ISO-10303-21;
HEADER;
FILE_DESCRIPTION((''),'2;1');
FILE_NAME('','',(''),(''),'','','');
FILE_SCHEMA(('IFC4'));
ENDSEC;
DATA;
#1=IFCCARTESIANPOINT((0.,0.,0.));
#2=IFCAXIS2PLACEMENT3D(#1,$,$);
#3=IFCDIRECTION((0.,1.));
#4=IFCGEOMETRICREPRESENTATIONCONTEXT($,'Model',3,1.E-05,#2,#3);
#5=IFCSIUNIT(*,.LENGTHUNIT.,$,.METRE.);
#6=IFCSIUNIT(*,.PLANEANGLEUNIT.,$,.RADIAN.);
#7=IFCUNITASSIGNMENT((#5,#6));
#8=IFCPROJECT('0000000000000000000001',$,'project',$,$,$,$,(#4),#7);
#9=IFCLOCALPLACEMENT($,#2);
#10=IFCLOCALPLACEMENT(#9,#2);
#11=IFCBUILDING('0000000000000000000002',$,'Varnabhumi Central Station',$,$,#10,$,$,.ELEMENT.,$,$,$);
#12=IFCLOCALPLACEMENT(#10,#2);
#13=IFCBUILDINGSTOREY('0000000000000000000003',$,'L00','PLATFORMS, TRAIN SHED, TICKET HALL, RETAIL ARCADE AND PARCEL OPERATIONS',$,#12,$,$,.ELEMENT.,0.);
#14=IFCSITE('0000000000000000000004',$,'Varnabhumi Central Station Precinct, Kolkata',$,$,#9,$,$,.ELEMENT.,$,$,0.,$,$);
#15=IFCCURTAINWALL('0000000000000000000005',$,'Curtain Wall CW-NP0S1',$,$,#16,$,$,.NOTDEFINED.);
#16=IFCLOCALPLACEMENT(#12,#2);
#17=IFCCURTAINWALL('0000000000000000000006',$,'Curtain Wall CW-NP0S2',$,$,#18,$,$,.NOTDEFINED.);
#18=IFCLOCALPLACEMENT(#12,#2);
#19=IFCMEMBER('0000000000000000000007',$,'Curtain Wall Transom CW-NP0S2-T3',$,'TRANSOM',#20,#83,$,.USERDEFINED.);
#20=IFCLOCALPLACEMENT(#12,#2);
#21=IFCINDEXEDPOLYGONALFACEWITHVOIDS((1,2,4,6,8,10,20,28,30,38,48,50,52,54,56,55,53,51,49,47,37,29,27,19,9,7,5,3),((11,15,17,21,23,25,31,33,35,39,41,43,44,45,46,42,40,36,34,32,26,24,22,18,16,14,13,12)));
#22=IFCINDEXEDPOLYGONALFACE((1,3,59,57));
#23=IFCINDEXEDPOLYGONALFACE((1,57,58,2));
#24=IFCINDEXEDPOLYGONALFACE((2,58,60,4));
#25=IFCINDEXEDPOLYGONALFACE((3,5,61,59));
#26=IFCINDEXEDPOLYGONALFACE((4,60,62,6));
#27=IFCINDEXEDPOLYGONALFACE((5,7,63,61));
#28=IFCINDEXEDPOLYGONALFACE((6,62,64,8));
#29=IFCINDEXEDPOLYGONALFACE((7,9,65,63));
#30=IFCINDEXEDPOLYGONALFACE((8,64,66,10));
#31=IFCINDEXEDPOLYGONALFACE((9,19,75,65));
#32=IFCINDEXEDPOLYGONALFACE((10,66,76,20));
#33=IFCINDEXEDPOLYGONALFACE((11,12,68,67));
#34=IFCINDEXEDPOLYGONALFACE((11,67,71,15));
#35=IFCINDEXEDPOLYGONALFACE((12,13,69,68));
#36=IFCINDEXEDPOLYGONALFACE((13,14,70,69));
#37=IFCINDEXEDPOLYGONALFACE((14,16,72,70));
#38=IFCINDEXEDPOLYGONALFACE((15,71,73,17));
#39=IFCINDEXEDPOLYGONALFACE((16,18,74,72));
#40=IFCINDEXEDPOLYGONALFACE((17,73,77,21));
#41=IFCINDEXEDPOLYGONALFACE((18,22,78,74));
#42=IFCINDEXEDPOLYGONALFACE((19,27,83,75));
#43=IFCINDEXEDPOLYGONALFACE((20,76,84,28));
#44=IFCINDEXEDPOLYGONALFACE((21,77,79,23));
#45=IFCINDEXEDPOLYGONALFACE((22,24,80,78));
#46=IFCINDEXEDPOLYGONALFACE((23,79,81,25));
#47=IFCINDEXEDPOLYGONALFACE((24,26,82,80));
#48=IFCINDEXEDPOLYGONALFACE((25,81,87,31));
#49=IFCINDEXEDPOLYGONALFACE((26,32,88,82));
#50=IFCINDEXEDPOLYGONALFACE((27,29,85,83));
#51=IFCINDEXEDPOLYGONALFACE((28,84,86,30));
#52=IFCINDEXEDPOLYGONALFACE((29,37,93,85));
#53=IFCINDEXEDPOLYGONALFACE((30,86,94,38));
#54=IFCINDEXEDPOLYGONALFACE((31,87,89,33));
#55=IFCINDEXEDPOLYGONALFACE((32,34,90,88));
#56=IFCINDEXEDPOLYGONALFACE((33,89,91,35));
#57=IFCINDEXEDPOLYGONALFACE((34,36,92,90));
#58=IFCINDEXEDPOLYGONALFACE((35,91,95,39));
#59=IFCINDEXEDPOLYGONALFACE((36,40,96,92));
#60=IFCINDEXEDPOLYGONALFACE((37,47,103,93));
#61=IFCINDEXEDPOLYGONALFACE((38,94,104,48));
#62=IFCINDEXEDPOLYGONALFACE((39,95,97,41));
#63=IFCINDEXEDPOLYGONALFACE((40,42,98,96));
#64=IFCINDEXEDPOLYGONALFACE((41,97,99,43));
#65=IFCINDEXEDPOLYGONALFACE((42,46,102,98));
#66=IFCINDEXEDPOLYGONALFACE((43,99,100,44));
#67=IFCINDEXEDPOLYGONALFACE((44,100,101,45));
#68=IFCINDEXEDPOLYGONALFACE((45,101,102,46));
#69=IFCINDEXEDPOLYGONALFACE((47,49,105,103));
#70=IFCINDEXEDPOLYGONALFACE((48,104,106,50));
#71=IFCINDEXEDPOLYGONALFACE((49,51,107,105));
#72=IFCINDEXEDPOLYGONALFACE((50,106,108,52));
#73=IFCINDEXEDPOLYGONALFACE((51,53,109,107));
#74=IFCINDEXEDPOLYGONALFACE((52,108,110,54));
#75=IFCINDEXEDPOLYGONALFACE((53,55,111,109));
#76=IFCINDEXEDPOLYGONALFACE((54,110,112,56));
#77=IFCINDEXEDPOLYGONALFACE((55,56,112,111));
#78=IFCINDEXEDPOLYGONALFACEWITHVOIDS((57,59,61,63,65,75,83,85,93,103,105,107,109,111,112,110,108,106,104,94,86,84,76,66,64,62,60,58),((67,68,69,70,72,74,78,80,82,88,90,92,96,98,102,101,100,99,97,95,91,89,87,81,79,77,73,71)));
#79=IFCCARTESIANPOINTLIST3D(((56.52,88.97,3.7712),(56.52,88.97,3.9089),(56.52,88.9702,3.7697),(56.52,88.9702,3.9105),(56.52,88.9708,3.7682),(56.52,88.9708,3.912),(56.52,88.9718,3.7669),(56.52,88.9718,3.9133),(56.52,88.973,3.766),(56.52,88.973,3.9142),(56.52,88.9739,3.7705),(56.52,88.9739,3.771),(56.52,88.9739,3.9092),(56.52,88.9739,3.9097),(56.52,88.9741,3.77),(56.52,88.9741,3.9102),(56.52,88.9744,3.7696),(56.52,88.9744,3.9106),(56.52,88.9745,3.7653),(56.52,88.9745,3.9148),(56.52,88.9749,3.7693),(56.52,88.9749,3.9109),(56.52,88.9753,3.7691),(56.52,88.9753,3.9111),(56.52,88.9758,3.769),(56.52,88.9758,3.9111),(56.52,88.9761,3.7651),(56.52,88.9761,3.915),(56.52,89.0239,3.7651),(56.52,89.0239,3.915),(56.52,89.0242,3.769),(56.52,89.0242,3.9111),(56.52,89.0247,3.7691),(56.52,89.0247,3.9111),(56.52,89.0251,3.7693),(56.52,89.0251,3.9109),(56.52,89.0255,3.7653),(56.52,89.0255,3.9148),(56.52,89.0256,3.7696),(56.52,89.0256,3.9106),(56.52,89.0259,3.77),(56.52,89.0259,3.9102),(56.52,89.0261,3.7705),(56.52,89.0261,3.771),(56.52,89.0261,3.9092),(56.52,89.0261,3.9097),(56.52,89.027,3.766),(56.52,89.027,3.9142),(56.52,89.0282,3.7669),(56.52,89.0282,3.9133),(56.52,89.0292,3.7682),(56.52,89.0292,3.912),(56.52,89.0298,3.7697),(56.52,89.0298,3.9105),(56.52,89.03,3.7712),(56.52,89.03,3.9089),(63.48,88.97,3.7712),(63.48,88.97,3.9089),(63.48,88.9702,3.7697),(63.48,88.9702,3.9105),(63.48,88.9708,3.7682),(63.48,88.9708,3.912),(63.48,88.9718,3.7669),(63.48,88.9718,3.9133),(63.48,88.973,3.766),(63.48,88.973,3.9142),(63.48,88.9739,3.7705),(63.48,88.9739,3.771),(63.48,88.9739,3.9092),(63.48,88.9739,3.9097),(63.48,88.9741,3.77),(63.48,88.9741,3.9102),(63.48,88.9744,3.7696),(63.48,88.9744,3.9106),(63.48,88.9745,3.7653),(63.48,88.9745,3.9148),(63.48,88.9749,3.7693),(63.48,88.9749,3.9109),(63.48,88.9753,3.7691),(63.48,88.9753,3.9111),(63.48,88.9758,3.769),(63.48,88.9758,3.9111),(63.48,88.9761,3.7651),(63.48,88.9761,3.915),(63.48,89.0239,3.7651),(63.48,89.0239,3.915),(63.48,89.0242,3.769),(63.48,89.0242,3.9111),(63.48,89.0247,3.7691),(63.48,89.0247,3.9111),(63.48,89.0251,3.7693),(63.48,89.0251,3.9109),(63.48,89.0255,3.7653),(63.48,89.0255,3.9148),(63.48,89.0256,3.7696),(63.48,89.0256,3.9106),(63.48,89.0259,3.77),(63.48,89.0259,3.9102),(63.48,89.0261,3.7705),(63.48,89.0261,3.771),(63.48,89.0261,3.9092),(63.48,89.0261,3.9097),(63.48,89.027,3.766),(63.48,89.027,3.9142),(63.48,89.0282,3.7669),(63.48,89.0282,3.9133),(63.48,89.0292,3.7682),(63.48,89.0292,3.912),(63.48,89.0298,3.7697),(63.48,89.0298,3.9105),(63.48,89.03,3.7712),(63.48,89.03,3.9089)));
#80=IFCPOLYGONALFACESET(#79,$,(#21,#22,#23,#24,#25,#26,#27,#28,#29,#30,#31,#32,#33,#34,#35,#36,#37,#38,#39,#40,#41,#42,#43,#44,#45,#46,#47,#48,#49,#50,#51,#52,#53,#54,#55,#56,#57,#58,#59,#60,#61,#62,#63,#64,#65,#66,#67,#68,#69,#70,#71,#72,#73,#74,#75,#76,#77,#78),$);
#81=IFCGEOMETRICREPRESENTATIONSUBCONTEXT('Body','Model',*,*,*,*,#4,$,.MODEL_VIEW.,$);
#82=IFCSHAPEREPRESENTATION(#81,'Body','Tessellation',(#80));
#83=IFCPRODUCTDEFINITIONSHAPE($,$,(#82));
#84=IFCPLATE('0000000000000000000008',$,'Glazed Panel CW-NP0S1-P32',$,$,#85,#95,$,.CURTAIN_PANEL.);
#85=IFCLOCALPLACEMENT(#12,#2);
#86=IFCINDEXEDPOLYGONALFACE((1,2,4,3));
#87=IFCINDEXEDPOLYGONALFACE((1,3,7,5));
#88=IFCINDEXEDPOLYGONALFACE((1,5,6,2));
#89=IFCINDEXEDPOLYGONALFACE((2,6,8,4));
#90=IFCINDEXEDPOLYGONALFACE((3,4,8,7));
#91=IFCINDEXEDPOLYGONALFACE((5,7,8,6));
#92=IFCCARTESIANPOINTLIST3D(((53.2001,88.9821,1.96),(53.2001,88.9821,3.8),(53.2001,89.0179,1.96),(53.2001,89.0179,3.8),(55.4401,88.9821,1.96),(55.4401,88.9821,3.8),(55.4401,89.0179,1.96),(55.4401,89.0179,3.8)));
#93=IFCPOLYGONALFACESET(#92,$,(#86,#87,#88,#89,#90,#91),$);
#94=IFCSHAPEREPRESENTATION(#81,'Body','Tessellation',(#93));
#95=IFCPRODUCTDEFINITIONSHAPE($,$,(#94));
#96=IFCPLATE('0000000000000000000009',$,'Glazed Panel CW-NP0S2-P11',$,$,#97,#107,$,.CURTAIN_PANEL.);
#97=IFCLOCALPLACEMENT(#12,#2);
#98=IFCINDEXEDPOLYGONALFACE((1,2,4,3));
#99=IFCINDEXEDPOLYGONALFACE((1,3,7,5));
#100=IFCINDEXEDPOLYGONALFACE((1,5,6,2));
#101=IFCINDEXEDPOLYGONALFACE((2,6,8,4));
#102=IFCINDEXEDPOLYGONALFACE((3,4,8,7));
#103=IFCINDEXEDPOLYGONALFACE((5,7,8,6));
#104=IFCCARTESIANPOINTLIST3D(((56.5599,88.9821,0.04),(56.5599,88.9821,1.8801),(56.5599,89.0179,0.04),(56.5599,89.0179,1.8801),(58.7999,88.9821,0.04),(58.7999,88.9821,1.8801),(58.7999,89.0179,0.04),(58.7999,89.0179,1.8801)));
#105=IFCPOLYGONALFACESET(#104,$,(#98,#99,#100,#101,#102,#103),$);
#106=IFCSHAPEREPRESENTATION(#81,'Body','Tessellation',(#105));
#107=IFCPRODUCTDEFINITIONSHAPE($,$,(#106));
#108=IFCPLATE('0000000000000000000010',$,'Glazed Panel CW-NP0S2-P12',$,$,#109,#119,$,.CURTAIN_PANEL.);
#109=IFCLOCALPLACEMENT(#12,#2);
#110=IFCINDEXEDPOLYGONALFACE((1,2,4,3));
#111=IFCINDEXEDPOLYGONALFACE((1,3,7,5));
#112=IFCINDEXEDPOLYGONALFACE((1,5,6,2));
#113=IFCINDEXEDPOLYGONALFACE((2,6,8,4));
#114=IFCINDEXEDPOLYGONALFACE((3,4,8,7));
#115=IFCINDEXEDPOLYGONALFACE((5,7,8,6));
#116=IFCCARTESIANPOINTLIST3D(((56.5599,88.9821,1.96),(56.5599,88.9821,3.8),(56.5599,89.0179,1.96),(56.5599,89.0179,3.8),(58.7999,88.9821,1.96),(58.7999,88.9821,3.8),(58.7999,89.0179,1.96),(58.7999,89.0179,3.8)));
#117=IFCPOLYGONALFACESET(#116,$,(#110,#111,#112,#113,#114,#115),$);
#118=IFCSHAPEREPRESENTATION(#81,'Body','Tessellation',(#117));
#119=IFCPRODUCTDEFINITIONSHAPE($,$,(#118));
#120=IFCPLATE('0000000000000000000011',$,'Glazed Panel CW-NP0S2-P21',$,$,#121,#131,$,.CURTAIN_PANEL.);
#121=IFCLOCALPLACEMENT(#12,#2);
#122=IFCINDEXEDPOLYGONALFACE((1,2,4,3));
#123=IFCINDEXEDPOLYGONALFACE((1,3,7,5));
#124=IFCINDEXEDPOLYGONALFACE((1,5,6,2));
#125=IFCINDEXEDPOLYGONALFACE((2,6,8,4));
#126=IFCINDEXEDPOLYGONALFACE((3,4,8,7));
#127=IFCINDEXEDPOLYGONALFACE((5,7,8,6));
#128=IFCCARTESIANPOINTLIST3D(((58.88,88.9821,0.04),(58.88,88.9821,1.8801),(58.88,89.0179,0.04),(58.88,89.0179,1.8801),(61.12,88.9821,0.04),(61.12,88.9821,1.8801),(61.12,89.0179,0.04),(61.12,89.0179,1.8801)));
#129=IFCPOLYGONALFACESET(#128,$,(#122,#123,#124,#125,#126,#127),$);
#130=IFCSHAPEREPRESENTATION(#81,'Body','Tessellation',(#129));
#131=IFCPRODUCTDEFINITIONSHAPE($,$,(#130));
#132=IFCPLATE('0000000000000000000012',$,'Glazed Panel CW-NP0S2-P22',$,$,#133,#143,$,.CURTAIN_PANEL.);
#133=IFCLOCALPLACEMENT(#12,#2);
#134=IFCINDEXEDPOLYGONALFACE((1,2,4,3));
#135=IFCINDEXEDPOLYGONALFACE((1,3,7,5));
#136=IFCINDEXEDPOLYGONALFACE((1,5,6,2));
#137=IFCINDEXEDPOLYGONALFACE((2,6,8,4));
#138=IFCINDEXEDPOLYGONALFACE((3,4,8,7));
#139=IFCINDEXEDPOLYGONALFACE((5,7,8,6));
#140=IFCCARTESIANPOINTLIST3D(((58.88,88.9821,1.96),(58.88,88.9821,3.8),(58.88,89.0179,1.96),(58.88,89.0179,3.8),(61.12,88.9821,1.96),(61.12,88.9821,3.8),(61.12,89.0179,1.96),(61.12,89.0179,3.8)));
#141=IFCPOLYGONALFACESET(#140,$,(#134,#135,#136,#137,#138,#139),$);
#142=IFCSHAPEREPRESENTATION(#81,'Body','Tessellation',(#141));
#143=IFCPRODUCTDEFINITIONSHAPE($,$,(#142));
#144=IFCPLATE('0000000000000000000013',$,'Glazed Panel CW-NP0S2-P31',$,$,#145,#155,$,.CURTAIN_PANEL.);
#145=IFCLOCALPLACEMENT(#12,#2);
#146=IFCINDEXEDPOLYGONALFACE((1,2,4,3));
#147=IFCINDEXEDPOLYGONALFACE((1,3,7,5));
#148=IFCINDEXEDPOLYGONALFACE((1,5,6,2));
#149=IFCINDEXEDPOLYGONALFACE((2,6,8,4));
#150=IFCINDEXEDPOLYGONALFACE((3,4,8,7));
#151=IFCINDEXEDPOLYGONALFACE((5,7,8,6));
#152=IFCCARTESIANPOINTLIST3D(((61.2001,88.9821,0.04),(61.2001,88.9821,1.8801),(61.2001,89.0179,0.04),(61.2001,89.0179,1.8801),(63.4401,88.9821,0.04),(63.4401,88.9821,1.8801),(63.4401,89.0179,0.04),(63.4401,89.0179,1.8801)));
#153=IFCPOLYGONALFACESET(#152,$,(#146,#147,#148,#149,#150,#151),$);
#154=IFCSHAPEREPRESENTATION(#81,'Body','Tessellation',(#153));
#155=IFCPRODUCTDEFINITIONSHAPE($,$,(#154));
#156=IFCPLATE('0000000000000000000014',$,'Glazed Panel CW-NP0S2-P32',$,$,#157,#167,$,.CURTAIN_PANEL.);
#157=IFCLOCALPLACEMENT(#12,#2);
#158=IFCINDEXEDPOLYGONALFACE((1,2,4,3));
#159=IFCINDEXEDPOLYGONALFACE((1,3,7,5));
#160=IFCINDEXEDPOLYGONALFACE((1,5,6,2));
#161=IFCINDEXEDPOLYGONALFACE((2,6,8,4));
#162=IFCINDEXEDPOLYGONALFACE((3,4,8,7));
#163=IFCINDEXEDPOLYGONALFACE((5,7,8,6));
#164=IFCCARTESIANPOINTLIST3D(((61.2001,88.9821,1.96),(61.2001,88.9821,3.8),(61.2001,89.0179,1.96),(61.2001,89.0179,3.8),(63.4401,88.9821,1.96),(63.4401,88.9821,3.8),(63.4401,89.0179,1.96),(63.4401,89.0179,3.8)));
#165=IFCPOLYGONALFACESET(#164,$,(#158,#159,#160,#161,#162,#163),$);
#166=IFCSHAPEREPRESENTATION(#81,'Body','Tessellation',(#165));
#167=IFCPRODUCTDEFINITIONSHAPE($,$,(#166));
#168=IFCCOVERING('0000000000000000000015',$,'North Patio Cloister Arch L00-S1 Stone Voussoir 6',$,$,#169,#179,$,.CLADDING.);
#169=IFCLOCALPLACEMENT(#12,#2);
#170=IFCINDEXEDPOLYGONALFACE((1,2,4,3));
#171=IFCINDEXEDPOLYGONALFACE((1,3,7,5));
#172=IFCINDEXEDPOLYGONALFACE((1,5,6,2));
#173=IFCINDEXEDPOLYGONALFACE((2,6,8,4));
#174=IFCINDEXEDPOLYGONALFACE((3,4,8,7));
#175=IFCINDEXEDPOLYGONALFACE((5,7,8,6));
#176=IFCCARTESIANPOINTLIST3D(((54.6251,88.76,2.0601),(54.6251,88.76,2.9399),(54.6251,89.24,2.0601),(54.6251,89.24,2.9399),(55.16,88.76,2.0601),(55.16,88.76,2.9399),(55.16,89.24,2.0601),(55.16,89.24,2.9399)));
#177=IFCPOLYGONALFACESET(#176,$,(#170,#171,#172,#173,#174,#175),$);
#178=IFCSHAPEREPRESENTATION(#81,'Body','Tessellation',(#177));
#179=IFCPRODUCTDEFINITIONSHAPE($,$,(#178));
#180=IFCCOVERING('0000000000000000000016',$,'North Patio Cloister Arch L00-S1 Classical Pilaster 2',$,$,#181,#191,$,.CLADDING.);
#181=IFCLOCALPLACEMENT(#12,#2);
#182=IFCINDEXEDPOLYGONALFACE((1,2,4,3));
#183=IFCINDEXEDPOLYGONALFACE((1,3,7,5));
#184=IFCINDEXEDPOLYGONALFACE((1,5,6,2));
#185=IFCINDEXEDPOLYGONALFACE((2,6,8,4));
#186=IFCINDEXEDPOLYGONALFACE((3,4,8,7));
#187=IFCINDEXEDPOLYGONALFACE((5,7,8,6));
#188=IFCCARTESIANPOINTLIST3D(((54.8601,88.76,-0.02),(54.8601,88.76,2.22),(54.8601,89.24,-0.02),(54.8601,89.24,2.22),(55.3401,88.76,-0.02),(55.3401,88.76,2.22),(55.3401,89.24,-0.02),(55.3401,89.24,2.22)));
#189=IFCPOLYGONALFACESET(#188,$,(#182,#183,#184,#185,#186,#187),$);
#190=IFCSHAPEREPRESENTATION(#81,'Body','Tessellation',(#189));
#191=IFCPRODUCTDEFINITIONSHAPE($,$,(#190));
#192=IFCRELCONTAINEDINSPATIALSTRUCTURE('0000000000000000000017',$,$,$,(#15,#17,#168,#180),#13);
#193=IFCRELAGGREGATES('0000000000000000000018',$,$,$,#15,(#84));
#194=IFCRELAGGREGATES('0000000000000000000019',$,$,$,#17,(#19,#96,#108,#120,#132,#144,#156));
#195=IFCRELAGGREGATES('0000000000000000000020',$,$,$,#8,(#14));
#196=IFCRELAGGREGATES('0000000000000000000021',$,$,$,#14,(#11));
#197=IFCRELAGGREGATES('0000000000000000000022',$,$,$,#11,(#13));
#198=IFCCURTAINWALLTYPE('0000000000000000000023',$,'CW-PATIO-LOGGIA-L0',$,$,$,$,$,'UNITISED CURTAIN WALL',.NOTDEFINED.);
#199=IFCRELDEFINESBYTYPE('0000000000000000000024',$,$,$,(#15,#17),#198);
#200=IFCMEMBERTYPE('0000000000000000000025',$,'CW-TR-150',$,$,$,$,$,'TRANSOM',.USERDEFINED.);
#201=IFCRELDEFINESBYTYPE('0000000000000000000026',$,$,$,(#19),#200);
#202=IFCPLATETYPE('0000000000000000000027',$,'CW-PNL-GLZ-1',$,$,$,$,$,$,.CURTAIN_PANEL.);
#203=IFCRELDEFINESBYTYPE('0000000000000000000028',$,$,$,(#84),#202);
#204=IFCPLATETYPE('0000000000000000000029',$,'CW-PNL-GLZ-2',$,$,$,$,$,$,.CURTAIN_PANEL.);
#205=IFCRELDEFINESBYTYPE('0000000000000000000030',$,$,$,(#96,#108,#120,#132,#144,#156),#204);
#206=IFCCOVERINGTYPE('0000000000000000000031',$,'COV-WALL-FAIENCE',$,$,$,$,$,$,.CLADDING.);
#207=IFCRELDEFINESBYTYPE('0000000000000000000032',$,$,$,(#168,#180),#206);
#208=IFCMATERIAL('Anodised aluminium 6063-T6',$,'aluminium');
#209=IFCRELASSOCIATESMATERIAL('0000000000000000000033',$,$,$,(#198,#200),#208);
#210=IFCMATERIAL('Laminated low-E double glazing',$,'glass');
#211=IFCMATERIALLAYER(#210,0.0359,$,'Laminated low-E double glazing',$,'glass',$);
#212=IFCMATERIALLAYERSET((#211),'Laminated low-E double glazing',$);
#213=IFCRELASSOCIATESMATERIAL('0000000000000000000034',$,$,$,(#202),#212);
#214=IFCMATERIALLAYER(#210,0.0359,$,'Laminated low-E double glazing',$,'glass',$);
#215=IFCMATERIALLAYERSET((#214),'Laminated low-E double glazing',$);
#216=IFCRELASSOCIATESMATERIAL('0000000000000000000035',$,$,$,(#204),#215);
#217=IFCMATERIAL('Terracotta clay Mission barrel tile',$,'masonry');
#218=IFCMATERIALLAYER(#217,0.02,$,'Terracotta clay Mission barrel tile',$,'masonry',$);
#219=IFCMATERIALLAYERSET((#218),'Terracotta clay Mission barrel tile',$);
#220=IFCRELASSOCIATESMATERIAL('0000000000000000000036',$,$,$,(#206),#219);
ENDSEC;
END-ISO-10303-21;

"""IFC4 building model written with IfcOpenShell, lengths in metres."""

from ifc_helpers import new_model, si_unit, direction, frame, origin, origin_2d, place, context, subcontext, project, spatial, rectangle, hollow_rectangle, extrude, material, layer, layer_set, material_profile, profile_set, type_object, element, aggregate, save


model = new_model("IFC4")

# Units and contexts
model_context = context("Model", 3, precision=1e-05, world=origin(), true_north=direction((0.0, 1.0)))
body_context = subcontext(model_context, "Body", "Model", "MODEL_VIEW")
ifc_project = project(units=[si_unit("LENGTHUNIT", "METRE"), si_unit("PLANEANGLEUNIT", "RADIAN")], contexts=[model_context])

# Site, building, storey
site_placement = place(None, origin())
site = spatial("IfcSite", under=ifc_project, at=site_placement, Name="Varnabhumi Central Station Precinct, Kolkata", CompositionType="ELEMENT", RefElevation=0.0)
building_placement = place(site_placement, origin())
building = spatial("IfcBuilding", under=site, at=building_placement, Name="Varnabhumi Central Station", CompositionType="ELEMENT")
storey_placement = place(building_placement, origin())
storey = spatial("IfcBuildingStorey", under=building, at=storey_placement, Name="L00", Description="PLATFORMS, TRAIN SHED, TICKET HALL, RETAIL ARCADE AND PARCEL OPERATIONS", CompositionType="ELEMENT", Elevation=0.0)

# Curtain wall
ifc_material_1 = material(Name="Anodised aluminium 6063-T6", Category="aluminium")
curtain_wall_type = type_object("IfcCurtainWallType", Name="CW-PATIO-LOGGIA-L0", ElementType="UNITISED CURTAIN WALL", PredefinedType="NOTDEFINED", material=ifc_material_1)
curtain_wall_1_placement = place(storey_placement, origin())
curtain_wall_1 = element("IfcCurtainWall", 1, at=curtain_wall_1_placement, inside=storey, type_object=curtain_wall_type, Name="Curtain Wall CW-NP0S1", PredefinedType="NOTDEFINED")

# Curtain wall, member
curtain_wall_2_placement = place(storey_placement, origin())
curtain_wall_2 = element("IfcCurtainWall", 2, at=curtain_wall_2_placement, inside=storey, type_object=curtain_wall_type, Name="Curtain Wall CW-NP0S2", PredefinedType="NOTDEFINED")
ifc_material_profile_1 = material_profile(ifc_material_1, hollow_rectangle(XDim=0.0601, YDim=0.1499, WallThickness=0.0039, InnerFilletRadius=0.002, OuterFilletRadius=0.0061, at=origin_2d()), Name="Anodised aluminium 6063-T6", Category="aluminium")
ifc_profile_set_1 = profile_set([ifc_material_profile_1], Name="Anodised aluminium 6063-T6")
member_type_1 = type_object("IfcMemberType", Name="CW-TR-150", ElementType="TRANSOM", PredefinedType="USERDEFINED", material=ifc_profile_set_1)
member_1_placement = place(storey_placement, frame((56.52, 89.0, 3.8401), z_axis=(1.0, 0.0, 0.0), x_axis=(0.0, 1.0, 0.0)))
member_1 = element("IfcMember", 3, at=member_1_placement, type_object=member_type_1, Name="Curtain Wall Transom CW-NP0S2-T3", ObjectType="TRANSOM", PredefinedType="USERDEFINED", context=body_context, shape_type="SweptSolid", body=[
    extrude(hollow_rectangle(XDim=0.0601, YDim=0.1499, WallThickness=0.0039, InnerFilletRadius=0.002, OuterFilletRadius=0.0061, at=origin_2d()), origin(), (0.0, 0.0, 1.0), 6.96),
])

# Plates
ifc_material_2 = material(Name="Laminated low-E double glazing", Category="glass")
ifc_layer_1 = layer(ifc_material_2, 0.0359, Name="Laminated low-E double glazing", Category="glass")
ifc_layer_set_1 = layer_set([ifc_layer_1], Name="Laminated low-E double glazing")
plate_type_1 = type_object("IfcPlateType", Name="CW-PNL-GLZ-1", PredefinedType="CURTAIN_PANEL", material=ifc_layer_set_1)
plate_1_placement = place(storey_placement, frame((54.3201, 89.0, 1.96), z_axis=(0.0, 0.0, 1.0), x_axis=(1.0, 0.0, 0.0)))
plate_1 = element("IfcPlate", 4, at=plate_1_placement, type_object=plate_type_1, Name="Glazed Panel CW-NP0S1-P32", PredefinedType="CURTAIN_PANEL", context=body_context, shape_type="SweptSolid", body=[
    extrude(rectangle(XDim=2.24, YDim=0.0359, at=origin_2d()), origin(), (0.0, 0.0, 1.0), 1.8401),
])
aggregate(curtain_wall_1, [plate_1])
ifc_layer_2 = layer(ifc_material_2, 0.0359, Name="Laminated low-E double glazing", Category="glass")
ifc_layer_set_2 = layer_set([ifc_layer_2], Name="Laminated low-E double glazing")
plate_type_2 = type_object("IfcPlateType", Name="CW-PNL-GLZ-2", PredefinedType="CURTAIN_PANEL", material=ifc_layer_set_2)
plate_2_placement = place(storey_placement, frame((57.6799, 89.0, 0.04), z_axis=(0.0, 0.0, 1.0), x_axis=(1.0, 0.0, 0.0)))
plate_2 = element("IfcPlate", 5, at=plate_2_placement, type_object=plate_type_2, Name="Glazed Panel CW-NP0S2-P11", PredefinedType="CURTAIN_PANEL", context=body_context, shape_type="SweptSolid", body=[
    extrude(rectangle(XDim=2.24, YDim=0.0359, at=origin_2d()), origin(), (0.0, 0.0, 1.0), 1.8401),
])
plate_3_placement = place(storey_placement, frame((57.6799, 89.0, 1.96), z_axis=(0.0, 0.0, 1.0), x_axis=(1.0, 0.0, 0.0)))
plate_3 = element("IfcPlate", 6, at=plate_3_placement, type_object=plate_type_2, Name="Glazed Panel CW-NP0S2-P12", PredefinedType="CURTAIN_PANEL", context=body_context, shape_type="SweptSolid", body=[
    extrude(rectangle(XDim=2.24, YDim=0.0359, at=origin_2d()), origin(), (0.0, 0.0, 1.0), 1.8401),
])
plate_4_placement = place(storey_placement, frame((60.0, 89.0, 0.04), z_axis=(0.0, 0.0, 1.0), x_axis=(1.0, 0.0, 0.0)))
plate_4 = element("IfcPlate", 7, at=plate_4_placement, type_object=plate_type_2, Name="Glazed Panel CW-NP0S2-P21", PredefinedType="CURTAIN_PANEL", context=body_context, shape_type="SweptSolid", body=[
    extrude(rectangle(XDim=2.24, YDim=0.0359, at=origin_2d()), origin(), (0.0, 0.0, 1.0), 1.8401),
])
plate_5_placement = place(storey_placement, frame((60.0, 89.0, 1.96), z_axis=(0.0, 0.0, 1.0), x_axis=(1.0, 0.0, 0.0)))
plate_5 = element("IfcPlate", 8, at=plate_5_placement, type_object=plate_type_2, Name="Glazed Panel CW-NP0S2-P22", PredefinedType="CURTAIN_PANEL", context=body_context, shape_type="SweptSolid", body=[
    extrude(rectangle(XDim=2.24, YDim=0.0359, at=origin_2d()), origin(), (0.0, 0.0, 1.0), 1.8401),
])
plate_6_placement = place(storey_placement, frame((62.3201, 89.0, 0.04), z_axis=(0.0, 0.0, 1.0), x_axis=(1.0, 0.0, 0.0)))
plate_6 = element("IfcPlate", 9, at=plate_6_placement, type_object=plate_type_2, Name="Glazed Panel CW-NP0S2-P31", PredefinedType="CURTAIN_PANEL", context=body_context, shape_type="SweptSolid", body=[
    extrude(rectangle(XDim=2.24, YDim=0.0359, at=origin_2d()), origin(), (0.0, 0.0, 1.0), 1.8401),
])
plate_7_placement = place(storey_placement, frame((62.3201, 89.0, 1.96), z_axis=(0.0, 0.0, 1.0), x_axis=(1.0, 0.0, 0.0)))
plate_7 = element("IfcPlate", 10, at=plate_7_placement, type_object=plate_type_2, Name="Glazed Panel CW-NP0S2-P32", PredefinedType="CURTAIN_PANEL", context=body_context, shape_type="SweptSolid", body=[
    extrude(rectangle(XDim=2.24, YDim=0.0359, at=origin_2d()), origin(), (0.0, 0.0, 1.0), 1.8401),
])
aggregate(curtain_wall_2, [member_1, plate_2, plate_3, plate_4, plate_5, plate_6, plate_7])

# Coverings
ifc_material_3 = material(Name="Terracotta clay Mission barrel tile", Category="masonry")
ifc_layer_3 = layer(ifc_material_3, 0.02, Name="Terracotta clay Mission barrel tile", Category="masonry")
ifc_layer_set_3 = layer_set([ifc_layer_3], Name="Terracotta clay Mission barrel tile")
covering_type = type_object("IfcCoveringType", Name="COV-WALL-FAIENCE", PredefinedType="CLADDING", material=ifc_layer_set_3)
covering_1_placement = place(storey_placement, frame((54.8926, 89.0, 2.0601), z_axis=(0.0, 0.0, 1.0), x_axis=(1.0, 0.0, 0.0)))
element("IfcCovering", 11, at=covering_1_placement, inside=storey, type_object=covering_type, Name="North Patio Cloister Arch L00-S1 Stone Voussoir 6", PredefinedType="CLADDING", context=body_context, shape_type="SweptSolid", body=[
    extrude(rectangle(XDim=0.5349, YDim=0.48, at=origin_2d()), origin(), (0.0, 0.0, 1.0), 0.8799),
])
covering_2_placement = place(storey_placement, frame((55.1001, 89.0, -0.02), z_axis=(0.0, 0.0, 1.0), x_axis=(1.0, 0.0, 0.0)))
element("IfcCovering", 12, at=covering_2_placement, inside=storey, type_object=covering_type, Name="North Patio Cloister Arch L00-S1 Classical Pilaster 2", PredefinedType="CLADDING", context=body_context, shape_type="SweptSolid", body=[
    extrude(rectangle(XDim=0.48, YDim=0.48, at=origin_2d()), origin(), (0.0, 0.0, 1.0), 2.24),
])

save(model, "model.ifc")
